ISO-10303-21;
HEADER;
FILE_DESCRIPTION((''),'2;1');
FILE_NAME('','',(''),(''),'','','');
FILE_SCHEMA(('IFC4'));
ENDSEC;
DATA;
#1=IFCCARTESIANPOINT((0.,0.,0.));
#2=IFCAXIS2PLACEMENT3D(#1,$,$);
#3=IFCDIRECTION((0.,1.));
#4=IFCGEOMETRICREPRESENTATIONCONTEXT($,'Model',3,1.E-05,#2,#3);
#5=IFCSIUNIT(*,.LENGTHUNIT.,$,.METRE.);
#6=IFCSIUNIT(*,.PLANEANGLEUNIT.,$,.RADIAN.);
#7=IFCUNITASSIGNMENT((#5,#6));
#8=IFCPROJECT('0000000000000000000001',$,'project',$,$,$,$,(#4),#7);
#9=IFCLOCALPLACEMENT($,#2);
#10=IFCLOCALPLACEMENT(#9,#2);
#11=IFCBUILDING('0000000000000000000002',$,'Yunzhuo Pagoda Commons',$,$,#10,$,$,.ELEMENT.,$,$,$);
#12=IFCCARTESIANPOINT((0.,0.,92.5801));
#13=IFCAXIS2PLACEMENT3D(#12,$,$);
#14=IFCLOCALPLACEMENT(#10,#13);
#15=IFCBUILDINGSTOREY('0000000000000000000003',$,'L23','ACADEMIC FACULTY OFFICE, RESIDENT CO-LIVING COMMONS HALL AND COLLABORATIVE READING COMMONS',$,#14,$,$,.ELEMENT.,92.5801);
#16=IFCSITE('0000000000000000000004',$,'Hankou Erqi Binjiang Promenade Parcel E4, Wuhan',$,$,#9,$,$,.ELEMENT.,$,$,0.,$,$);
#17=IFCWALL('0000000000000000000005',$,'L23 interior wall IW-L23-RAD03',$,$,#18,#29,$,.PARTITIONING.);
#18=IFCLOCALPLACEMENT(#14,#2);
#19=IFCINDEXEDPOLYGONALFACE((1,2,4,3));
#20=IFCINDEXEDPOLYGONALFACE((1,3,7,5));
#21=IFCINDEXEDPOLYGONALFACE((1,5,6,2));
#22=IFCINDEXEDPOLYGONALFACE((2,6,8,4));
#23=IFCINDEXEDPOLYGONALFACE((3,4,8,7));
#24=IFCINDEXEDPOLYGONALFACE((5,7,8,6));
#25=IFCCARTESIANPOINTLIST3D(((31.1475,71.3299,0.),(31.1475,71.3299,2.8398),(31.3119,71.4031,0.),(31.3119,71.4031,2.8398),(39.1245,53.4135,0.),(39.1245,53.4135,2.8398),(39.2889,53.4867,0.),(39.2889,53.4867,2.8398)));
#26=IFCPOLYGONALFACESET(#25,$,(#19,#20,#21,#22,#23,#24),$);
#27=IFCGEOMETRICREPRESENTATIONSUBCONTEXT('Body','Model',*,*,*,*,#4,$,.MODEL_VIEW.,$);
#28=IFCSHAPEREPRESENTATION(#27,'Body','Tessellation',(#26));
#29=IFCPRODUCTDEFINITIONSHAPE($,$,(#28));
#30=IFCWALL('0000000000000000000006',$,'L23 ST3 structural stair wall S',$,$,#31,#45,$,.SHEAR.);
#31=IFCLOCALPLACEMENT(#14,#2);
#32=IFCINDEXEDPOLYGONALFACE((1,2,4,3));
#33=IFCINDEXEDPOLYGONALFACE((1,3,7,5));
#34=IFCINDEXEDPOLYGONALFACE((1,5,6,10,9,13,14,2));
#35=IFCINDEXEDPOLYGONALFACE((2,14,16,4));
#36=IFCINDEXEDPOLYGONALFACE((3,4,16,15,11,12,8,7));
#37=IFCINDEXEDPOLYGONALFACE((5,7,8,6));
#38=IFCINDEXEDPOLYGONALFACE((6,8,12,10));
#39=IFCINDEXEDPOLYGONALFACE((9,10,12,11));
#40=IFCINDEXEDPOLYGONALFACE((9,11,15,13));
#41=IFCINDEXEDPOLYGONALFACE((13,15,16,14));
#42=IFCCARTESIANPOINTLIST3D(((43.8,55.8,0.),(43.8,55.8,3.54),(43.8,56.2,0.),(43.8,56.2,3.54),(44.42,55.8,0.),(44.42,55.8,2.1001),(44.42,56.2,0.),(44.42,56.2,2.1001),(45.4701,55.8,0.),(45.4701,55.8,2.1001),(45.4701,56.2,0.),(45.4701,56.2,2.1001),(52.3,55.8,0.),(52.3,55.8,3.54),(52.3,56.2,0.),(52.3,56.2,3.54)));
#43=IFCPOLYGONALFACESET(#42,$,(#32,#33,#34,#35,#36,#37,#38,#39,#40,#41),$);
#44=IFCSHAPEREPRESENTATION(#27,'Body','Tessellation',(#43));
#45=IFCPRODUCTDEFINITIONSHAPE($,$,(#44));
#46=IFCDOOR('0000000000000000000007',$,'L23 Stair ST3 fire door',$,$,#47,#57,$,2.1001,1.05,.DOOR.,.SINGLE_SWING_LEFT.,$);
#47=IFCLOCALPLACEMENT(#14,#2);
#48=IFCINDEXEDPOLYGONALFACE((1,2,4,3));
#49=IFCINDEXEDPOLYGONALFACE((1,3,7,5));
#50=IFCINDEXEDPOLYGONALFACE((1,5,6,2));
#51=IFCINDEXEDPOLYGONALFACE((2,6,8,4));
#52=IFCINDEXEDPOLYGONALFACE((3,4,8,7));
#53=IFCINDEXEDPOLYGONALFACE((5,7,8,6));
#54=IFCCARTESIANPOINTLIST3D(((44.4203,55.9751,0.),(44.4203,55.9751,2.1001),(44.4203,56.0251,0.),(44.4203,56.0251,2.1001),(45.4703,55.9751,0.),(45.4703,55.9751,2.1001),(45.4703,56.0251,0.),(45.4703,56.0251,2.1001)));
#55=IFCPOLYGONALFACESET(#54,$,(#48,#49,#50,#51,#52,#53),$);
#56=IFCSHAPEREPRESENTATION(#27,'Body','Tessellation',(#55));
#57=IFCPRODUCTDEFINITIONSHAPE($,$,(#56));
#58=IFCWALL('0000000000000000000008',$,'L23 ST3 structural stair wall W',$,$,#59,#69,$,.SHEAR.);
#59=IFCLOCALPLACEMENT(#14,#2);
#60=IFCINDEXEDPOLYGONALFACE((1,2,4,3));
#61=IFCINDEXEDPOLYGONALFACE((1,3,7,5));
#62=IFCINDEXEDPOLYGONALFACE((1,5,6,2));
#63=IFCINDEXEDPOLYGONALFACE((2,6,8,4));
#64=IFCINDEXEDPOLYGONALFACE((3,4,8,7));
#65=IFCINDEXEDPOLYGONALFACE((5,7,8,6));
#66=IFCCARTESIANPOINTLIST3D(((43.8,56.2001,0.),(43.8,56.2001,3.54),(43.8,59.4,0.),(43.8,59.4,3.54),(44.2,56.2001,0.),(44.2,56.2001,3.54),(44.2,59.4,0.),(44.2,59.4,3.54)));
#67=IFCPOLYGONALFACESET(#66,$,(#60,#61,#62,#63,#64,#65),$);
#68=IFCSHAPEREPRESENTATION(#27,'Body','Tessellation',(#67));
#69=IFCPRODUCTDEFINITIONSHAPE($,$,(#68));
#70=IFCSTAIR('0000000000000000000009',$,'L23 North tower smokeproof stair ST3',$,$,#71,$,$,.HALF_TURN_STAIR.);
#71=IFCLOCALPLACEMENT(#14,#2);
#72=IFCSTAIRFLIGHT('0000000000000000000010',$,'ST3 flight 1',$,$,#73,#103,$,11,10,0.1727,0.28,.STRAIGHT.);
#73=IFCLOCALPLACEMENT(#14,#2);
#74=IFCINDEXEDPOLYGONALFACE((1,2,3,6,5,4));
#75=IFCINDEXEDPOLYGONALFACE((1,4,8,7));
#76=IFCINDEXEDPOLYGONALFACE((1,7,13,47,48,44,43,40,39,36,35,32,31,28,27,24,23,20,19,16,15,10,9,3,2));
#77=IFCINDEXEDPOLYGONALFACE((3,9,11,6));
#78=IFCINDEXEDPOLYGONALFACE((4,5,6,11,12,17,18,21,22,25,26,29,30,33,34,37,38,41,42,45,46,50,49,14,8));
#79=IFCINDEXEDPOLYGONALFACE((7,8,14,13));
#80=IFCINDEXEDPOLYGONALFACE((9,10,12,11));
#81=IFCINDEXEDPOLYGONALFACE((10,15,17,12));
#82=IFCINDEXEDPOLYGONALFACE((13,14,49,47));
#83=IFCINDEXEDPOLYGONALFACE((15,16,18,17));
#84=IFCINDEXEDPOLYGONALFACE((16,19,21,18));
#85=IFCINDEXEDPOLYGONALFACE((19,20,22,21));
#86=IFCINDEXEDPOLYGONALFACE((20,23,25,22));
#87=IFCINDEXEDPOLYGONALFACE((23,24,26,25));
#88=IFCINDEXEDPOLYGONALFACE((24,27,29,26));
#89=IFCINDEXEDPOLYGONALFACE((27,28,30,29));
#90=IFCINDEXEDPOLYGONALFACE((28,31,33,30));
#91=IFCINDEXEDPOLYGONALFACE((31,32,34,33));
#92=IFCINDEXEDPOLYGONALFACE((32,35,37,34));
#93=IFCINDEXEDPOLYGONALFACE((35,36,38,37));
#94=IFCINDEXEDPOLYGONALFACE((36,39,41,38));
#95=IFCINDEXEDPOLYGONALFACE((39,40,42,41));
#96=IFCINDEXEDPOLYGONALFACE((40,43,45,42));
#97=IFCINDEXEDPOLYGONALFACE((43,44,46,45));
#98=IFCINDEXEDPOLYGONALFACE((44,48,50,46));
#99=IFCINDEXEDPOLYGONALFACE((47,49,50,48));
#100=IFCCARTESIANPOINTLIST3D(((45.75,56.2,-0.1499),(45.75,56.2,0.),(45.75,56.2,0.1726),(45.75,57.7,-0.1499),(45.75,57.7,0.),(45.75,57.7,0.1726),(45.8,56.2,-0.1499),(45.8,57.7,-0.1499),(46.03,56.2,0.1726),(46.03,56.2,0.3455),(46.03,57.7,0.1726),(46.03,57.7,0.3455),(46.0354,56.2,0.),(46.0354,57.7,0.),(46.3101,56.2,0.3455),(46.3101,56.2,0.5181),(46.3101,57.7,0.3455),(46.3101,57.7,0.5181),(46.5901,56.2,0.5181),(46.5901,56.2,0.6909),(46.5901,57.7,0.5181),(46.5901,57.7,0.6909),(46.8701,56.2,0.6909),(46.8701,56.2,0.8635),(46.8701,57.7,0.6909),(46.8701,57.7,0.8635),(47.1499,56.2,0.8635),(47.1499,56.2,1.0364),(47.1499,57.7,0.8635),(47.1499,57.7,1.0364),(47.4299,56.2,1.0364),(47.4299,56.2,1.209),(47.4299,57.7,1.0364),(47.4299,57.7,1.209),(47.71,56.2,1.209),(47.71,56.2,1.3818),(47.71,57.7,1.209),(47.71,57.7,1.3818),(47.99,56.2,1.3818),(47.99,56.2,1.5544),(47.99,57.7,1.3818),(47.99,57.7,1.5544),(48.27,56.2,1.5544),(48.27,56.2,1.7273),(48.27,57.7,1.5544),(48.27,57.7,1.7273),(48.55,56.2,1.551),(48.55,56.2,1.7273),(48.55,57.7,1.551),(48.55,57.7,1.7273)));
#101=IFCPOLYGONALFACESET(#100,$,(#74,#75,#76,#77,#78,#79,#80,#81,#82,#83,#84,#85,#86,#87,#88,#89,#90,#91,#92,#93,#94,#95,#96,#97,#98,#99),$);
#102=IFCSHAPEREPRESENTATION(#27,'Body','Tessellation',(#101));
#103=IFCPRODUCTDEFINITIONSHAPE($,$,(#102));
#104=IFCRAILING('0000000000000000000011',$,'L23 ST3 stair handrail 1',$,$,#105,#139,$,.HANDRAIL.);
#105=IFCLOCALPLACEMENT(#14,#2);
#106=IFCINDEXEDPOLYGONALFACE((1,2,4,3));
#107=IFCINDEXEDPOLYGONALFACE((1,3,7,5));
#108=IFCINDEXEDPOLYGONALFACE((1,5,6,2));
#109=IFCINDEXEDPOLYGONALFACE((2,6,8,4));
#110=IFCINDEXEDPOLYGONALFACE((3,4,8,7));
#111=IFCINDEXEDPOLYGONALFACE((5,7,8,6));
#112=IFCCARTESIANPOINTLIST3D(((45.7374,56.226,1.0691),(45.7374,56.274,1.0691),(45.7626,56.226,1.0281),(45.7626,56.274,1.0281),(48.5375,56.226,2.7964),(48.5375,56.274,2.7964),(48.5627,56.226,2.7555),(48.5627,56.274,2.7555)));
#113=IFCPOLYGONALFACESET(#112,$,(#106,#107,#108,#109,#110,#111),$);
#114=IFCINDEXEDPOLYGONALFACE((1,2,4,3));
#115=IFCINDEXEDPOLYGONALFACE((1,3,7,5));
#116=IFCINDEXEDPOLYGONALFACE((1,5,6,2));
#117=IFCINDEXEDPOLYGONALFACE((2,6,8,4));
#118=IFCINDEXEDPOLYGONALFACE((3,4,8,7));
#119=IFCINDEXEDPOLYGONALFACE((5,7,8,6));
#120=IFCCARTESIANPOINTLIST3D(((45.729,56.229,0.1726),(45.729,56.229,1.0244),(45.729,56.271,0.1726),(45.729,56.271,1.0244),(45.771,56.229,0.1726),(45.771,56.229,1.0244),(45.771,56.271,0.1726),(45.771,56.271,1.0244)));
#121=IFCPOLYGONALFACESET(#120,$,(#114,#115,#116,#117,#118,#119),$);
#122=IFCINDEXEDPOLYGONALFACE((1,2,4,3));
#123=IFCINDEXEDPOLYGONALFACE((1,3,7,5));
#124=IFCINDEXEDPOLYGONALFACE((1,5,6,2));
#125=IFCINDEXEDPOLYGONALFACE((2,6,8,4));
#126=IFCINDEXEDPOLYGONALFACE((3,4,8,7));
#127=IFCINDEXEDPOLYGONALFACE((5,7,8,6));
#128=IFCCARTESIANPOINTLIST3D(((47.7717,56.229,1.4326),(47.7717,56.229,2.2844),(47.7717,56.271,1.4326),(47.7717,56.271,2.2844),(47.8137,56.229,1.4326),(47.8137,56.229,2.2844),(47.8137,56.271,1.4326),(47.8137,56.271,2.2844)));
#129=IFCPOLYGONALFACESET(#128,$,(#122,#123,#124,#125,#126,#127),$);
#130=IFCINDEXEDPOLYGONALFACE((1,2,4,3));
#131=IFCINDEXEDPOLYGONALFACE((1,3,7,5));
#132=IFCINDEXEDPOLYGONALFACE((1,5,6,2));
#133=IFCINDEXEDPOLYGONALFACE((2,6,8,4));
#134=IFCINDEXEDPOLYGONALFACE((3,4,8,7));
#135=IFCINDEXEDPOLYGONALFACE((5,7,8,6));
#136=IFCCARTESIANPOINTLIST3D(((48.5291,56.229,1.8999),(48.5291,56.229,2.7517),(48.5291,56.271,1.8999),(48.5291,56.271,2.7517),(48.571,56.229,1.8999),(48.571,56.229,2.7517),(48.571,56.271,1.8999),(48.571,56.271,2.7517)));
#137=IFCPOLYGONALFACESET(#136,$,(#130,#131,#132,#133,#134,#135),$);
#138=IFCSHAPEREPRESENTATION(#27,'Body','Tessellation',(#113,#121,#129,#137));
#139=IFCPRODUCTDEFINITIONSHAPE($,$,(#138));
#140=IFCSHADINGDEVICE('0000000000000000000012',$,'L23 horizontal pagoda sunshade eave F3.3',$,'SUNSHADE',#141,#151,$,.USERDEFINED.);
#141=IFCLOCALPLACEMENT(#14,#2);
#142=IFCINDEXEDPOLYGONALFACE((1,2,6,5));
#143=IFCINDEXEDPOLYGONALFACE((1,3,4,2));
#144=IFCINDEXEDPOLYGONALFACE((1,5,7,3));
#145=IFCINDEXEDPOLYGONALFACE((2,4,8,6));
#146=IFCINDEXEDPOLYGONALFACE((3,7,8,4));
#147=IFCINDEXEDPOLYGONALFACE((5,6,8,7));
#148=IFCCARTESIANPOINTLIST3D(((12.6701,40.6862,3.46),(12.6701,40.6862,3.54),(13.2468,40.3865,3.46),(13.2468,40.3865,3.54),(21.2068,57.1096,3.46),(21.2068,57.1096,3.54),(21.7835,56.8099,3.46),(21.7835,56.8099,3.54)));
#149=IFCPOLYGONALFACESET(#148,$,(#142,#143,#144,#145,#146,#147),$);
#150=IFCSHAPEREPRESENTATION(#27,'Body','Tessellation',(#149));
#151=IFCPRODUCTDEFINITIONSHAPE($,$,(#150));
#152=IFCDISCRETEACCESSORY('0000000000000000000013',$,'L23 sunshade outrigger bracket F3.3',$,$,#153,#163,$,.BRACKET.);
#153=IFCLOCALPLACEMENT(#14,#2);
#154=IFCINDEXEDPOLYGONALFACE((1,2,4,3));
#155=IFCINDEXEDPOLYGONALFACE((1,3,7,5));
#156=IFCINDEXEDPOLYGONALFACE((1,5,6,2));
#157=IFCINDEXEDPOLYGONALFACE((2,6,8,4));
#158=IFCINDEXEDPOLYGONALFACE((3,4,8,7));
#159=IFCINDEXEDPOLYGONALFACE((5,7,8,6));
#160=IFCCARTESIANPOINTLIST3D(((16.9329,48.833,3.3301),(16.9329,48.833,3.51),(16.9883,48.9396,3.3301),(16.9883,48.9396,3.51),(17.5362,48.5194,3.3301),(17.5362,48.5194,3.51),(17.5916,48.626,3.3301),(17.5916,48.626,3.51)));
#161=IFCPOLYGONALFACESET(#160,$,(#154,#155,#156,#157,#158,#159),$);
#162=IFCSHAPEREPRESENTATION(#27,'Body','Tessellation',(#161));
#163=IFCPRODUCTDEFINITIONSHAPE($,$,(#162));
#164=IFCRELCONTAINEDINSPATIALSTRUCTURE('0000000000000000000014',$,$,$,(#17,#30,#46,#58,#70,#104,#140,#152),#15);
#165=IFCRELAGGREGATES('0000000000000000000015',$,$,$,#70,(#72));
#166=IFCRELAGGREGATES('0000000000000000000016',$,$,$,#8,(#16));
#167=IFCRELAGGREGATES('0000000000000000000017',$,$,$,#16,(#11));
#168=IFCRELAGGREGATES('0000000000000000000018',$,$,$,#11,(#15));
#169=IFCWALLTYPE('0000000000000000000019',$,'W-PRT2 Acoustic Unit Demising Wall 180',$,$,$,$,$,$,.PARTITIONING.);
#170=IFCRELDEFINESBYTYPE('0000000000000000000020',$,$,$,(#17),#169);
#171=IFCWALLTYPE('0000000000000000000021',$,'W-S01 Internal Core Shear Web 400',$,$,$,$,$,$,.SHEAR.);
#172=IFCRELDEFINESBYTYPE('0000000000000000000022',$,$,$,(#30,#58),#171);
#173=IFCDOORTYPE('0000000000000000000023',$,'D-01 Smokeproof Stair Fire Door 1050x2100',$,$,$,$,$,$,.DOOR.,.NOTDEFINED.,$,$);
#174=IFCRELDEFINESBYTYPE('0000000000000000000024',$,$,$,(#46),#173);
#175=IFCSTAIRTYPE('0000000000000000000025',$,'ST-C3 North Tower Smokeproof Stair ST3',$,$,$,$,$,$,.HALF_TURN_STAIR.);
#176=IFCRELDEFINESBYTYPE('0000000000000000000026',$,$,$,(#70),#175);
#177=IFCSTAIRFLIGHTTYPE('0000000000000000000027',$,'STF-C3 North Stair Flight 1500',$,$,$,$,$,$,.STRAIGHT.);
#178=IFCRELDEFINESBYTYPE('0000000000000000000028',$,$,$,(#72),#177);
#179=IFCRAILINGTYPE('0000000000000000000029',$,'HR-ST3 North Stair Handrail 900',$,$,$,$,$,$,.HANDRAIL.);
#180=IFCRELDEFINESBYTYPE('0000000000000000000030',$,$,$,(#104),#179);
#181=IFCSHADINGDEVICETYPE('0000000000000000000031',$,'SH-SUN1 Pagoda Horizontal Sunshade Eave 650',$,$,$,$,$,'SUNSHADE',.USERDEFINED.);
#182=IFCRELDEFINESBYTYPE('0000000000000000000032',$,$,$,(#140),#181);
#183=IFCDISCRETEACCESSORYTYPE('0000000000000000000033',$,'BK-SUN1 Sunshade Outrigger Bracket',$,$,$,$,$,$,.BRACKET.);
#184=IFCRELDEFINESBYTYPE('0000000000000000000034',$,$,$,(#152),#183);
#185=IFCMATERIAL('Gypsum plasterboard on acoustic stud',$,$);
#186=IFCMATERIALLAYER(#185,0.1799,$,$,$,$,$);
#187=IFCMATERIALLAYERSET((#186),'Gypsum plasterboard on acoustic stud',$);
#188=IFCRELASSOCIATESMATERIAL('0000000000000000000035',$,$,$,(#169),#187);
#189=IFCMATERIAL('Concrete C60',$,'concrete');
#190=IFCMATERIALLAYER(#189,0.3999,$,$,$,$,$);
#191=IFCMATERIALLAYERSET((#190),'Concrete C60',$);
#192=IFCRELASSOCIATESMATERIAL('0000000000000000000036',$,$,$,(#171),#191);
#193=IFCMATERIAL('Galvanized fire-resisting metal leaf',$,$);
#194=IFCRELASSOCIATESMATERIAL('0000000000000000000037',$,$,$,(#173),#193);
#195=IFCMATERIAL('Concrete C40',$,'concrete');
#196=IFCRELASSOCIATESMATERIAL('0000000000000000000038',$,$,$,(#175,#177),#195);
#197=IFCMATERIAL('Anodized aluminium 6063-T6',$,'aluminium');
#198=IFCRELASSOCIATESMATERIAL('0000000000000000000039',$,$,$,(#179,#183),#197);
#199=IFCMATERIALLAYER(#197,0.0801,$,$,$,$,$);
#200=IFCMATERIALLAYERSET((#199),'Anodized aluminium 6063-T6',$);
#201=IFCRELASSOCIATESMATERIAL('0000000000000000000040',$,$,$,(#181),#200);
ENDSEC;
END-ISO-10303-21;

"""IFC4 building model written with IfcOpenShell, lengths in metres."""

from ifc_helpers import new_model, si_unit, direction, frame, frame_2d, origin, origin_2d, place, context, subcontext, project, spatial, polyline, rectangle, outline, extrude, source, transform, mapped, material, layer, layer_set, type_object, element, fill, aggregate, save


model = new_model("IFC4")

# Units and contexts
model_context = context("Model", 3, precision=1e-05, world=origin(), true_north=direction((0.0, 1.0)))
body_context = subcontext(model_context, "Body", "Model", "MODEL_VIEW")
ifc_project = project(units=[si_unit("LENGTHUNIT", "METRE"), si_unit("PLANEANGLEUNIT", "RADIAN")], contexts=[model_context])

# Site, building, storey
site_placement = place(None, origin())
site = spatial("IfcSite", under=ifc_project, at=site_placement, Name="Hankou Erqi Binjiang Promenade Parcel E4, Wuhan", CompositionType="ELEMENT", RefElevation=0.0)
building_placement = place(site_placement, origin())
building = spatial("IfcBuilding", under=site, at=building_placement, Name="Yunzhuo Pagoda Commons", CompositionType="ELEMENT")
storey_placement = place(building_placement, frame((0.0, 0.0, 92.5801)))
storey = spatial("IfcBuildingStorey", under=building, at=storey_placement, Name="L23", Description="ACADEMIC FACULTY OFFICE, RESIDENT CO-LIVING COMMONS HALL AND COLLABORATIVE READING COMMONS", CompositionType="ELEMENT", Elevation=92.5801)

# Shared definitions
ifc_material_1 = material(Name="Anodized aluminium 6063-T6", Category="aluminium")

# Shared definitions
ifc_material_2 = material(Name="Gypsum plasterboard on acoustic stud")

# Wall
ifc_layer_1 = layer(ifc_material_2, 0.1799)
ifc_layer_set_1 = layer_set([ifc_layer_1], Name="Gypsum plasterboard on acoustic stud")
wall_type_1 = type_object("IfcWallType", Name="W-PRT2 Acoustic Unit Demising Wall 180", PredefinedType="PARTITIONING", material=ifc_layer_set_1)
wall_1_placement = place(storey_placement, frame((39.2068, 53.45, 0.0), z_axis=(0.0, 0.0, 1.0), x_axis=(-0.406741, 0.913543, 0.0)))
element("IfcWall", 1, at=wall_1_placement, inside=storey, type_object=wall_type_1, Name="L23 interior wall IW-L23-RAD03", PredefinedType="PARTITIONING", context=body_context, shape_type="SweptSolid", body=[
    extrude(rectangle(XDim=19.6121, YDim=0.1799, at=frame_2d((9.8062, 0.0))), origin(), (0.0, 0.0, 1.0), 2.8398),
])

# Wall, opening, door
ifc_material_3 = material(Name="Concrete C60", Category="concrete")
ifc_layer_2 = layer(ifc_material_3, 0.3999)
ifc_layer_set_2 = layer_set([ifc_layer_2], Name="Concrete C60")
wall_type_2 = type_object("IfcWallType", Name="W-S01 Internal Core Shear Web 400", PredefinedType="SHEAR", material=ifc_layer_set_2)
wall_2_placement = place(storey_placement, frame((43.8, 56.0, 0.0), z_axis=(0.0, 0.0, 1.0), x_axis=(1.0, 0.0, 0.0)))
wall_2 = element("IfcWall", 2, at=wall_2_placement, inside=storey, type_object=wall_type_2, Name="L23 ST3 structural stair wall S", PredefinedType="SHEAR", context=body_context, shape_type="SweptSolid", body=[
    extrude(rectangle(XDim=8.5, YDim=0.3999, at=frame_2d((4.25, 0.0))), origin(), (0.0, 0.0, 1.0), 3.54),
])
opening_1_placement = place(wall_2_placement, frame((0.6201, 0.0, 0.0)))
opening_1 = element("IfcOpeningElement", 3, at=opening_1_placement, cuts=wall_2, PredefinedType="OPENING", context=body_context, shape_type="SweptSolid", body=[
    extrude(rectangle(XDim=1.05, YDim=2.1001, at=frame_2d((0.5249, 1.05))), frame((0.0, 0.21, 0.0), z_axis=(0.0, -1.0, 0.0), x_axis=(1.0, 0.0, 0.0)), (0.0, 0.0, 1.0), 0.4199),
])
ifc_material_4 = material(Name="Galvanized fire-resisting metal leaf")
door_type_1 = type_object("IfcDoorType", Name="D-01 Smokeproof Stair Fire Door 1050x2100", OperationType="NOTDEFINED", PredefinedType="DOOR", material=ifc_material_4)
shared_shape_1 = source(origin(), body_context, "Body", "SweptSolid", [
    extrude(rectangle(XDim=1.05, YDim=2.1001, at=frame_2d((0.5249, 1.05))), frame((0.0, 0.0249, 0.0), z_axis=(0.0, -1.0, 0.0), x_axis=(1.0, 0.0, 0.0)), (0.0, 0.0, 1.0), 0.05),
])
door_1_placement = place(opening_1_placement, frame((1.05, 0.0, 0.0), z_axis=(0.0, 0.0, 1.0), x_axis=(-1.0, 0.0, 0.0)))
door_1 = element("IfcDoor", 4, at=door_1_placement, inside=storey, type_object=door_type_1, Name="L23 Stair ST3 fire door", OperationType="SINGLE_SWING_LEFT", OverallHeight=2.1001, OverallWidth=1.05, PredefinedType="DOOR", context=body_context, shape_type="MappedRepresentation", body=[
    mapped(shared_shape_1, transform((0.0, 0.0, 0.0), scale=1.0)),
])
fill(opening_1, door_1)

# Wall
wall_3_placement = place(storey_placement, frame((44.0, 56.2, 0.0), z_axis=(0.0, 0.0, 1.0), x_axis=(0.0, 1.0, 0.0)))
element("IfcWall", 5, at=wall_3_placement, inside=storey, type_object=wall_type_2, Name="L23 ST3 structural stair wall W", PredefinedType="SHEAR", context=body_context, shape_type="SweptSolid", body=[
    extrude(rectangle(XDim=3.2, YDim=0.3999, at=frame_2d((1.6001, 0.0))), origin(), (0.0, 0.0, 1.0), 3.54),
])

# Stair, stair flight
ifc_material_5 = material(Name="Concrete C40", Category="concrete")
stair_type = type_object("IfcStairType", Name="ST-C3 North Tower Smokeproof Stair ST3", PredefinedType="HALF_TURN_STAIR", material=ifc_material_5)
stair_placement = place(storey_placement, origin())
stair = element("IfcStair", 6, at=stair_placement, inside=storey, type_object=stair_type, Name="L23 North tower smokeproof stair ST3", PredefinedType="HALF_TURN_STAIR")
stair_flight_type = type_object("IfcStairFlightType", Name="STF-C3 North Stair Flight 1500", PredefinedType="STRAIGHT", material=ifc_material_5)
shared_shape_2 = source(origin(), body_context, "Body", "SweptSolid", [
    extrude(outline(polyline([(0.0, -0.1499), (0.0, 0.0), (0.0, 0.1726), (0.28, 0.1726), (0.28, 0.3455), (0.5601, 0.3455), (0.5601, 0.5181), (0.8401, 0.5181), (0.8401, 0.6909), (1.1201, 0.6909), (1.1201, 0.8635), (1.3999, 0.8635), (1.3999, 1.0364), (1.6799, 1.0364), (1.6799, 1.209), (1.96, 1.209), (1.96, 1.3818), (2.24, 1.3818), (2.24, 1.5544), (2.52, 1.5544), (2.52, 1.7273), (2.8, 1.7273), (2.8, 1.8999), (2.8, 1.551), (0.2854, 0.0), (0.05, -0.1499), (0.0, -0.1499)])), frame((0.0, 0.75, 0.0), z_axis=(0.0, -1.0, 0.0), x_axis=(1.0, 0.0, 0.0)), (0.0, 0.0, 1.0), 1.5),
])
stair_flight_placement = place(storey_placement, frame((45.75, 56.95, 0.0), z_axis=(0.0, 0.0, 1.0), x_axis=(1.0, 0.0, 0.0)))
stair_flight = element("IfcStairFlight", 7, at=stair_flight_placement, type_object=stair_flight_type, Name="ST3 flight 1", NumberOfRisers=11, NumberOfTreads=10, PredefinedType="STRAIGHT", RiserHeight=0.1727, TreadLength=0.28, context=body_context, shape_type="MappedRepresentation", body=[
    mapped(shared_shape_2, transform((0.0, 0.0, 0.0), scale=1.0)),
])
aggregate(stair, [stair_flight])

# Railing
railing_type = type_object("IfcRailingType", Name="HR-ST3 North Stair Handrail 900", PredefinedType="HANDRAIL", material=ifc_material_1)
railing_placement = place(storey_placement, frame((45.75, 56.25, 0.1726)))
element("IfcRailing", 8, at=railing_placement, inside=storey, type_object=railing_type, Name="L23 ST3 stair handrail 1", PredefinedType="HANDRAIL", context=body_context, shape_type="SweptSolid", body=[
    extrude(rectangle(XDim=0.0481, YDim=0.0481, at=origin_2d()), frame((0.0, 0.0, 0.876), z_axis=(0.85109, 0.0, 0.52502), x_axis=(0.0, 1.0, 0.0)), (0.0, 0.0, 1.0), 3.29),
    extrude(rectangle(XDim=0.042, YDim=0.042, at=origin_2d()), origin(), (0.0, 0.0, 1.0), 0.8518),
    extrude(rectangle(XDim=0.042, YDim=0.042, at=origin_2d()), frame((2.0427, 0.0, 1.26)), (0.0, 0.0, 1.0), 0.8518),
    extrude(rectangle(XDim=0.042, YDim=0.042, at=origin_2d()), frame((2.8, 0.0, 1.7273)), (0.0, 0.0, 1.0), 0.8518),
])

# Shading device
ifc_layer_3 = layer(ifc_material_1, 0.0801)
ifc_layer_set_3 = layer_set([ifc_layer_3], Name="Anodized aluminium 6063-T6")
shading_device_type = type_object("IfcShadingDeviceType", Name="SH-SUN1 Pagoda Horizontal Sunshade Eave 650", ElementType="SUNSHADE", PredefinedType="USERDEFINED", material=ifc_layer_set_3)
shared_shape_3 = source(origin(), body_context, "Body", "SweptSolid", [
    extrude(rectangle(XDim=18.5095, YDim=0.6499, at=origin_2d()), origin(), (0.0, 0.0, 1.0), 0.0801),
])
shading_device_placement = place(storey_placement, frame((17.2268, 48.748, 3.46), z_axis=(0.0, 0.0, 1.0), x_axis=(-0.461207, -0.887293, 0.0)))
element("IfcShadingDevice", 9, at=shading_device_placement, inside=storey, type_object=shading_device_type, Name="L23 horizontal pagoda sunshade eave F3.3", ObjectType="SUNSHADE", PredefinedType="USERDEFINED", context=body_context, shape_type="MappedRepresentation", body=[
    mapped(shared_shape_3, transform((0.0, 0.0, 0.0), scale=1.0)),
])

# Discrete accessory
discrete_accessory_type = type_object("IfcDiscreteAccessoryType", Name="BK-SUN1 Sunshade Outrigger Bracket", PredefinedType="BRACKET", material=ifc_material_1)
shared_shape_4 = source(origin(), body_context, "Body", "SweptSolid", [
    extrude(rectangle(XDim=0.1201, YDim=0.6799, at=origin_2d()), origin(), (0.0, 0.0, 1.0), 0.1799),
])
discrete_accessory_placement = place(storey_placement, frame((17.2622, 48.7295, 3.3301), z_axis=(0.0, 0.0, 1.0), x_axis=(-0.461207, -0.887293, 0.0)))
element("IfcDiscreteAccessory", 10, at=discrete_accessory_placement, inside=storey, type_object=discrete_accessory_type, Name="L23 sunshade outrigger bracket F3.3", PredefinedType="BRACKET", context=body_context, shape_type="MappedRepresentation", body=[
    mapped(shared_shape_4, transform((0.0, 0.0, 0.0), scale=1.0)),
])

save(model, "model.ifc")
